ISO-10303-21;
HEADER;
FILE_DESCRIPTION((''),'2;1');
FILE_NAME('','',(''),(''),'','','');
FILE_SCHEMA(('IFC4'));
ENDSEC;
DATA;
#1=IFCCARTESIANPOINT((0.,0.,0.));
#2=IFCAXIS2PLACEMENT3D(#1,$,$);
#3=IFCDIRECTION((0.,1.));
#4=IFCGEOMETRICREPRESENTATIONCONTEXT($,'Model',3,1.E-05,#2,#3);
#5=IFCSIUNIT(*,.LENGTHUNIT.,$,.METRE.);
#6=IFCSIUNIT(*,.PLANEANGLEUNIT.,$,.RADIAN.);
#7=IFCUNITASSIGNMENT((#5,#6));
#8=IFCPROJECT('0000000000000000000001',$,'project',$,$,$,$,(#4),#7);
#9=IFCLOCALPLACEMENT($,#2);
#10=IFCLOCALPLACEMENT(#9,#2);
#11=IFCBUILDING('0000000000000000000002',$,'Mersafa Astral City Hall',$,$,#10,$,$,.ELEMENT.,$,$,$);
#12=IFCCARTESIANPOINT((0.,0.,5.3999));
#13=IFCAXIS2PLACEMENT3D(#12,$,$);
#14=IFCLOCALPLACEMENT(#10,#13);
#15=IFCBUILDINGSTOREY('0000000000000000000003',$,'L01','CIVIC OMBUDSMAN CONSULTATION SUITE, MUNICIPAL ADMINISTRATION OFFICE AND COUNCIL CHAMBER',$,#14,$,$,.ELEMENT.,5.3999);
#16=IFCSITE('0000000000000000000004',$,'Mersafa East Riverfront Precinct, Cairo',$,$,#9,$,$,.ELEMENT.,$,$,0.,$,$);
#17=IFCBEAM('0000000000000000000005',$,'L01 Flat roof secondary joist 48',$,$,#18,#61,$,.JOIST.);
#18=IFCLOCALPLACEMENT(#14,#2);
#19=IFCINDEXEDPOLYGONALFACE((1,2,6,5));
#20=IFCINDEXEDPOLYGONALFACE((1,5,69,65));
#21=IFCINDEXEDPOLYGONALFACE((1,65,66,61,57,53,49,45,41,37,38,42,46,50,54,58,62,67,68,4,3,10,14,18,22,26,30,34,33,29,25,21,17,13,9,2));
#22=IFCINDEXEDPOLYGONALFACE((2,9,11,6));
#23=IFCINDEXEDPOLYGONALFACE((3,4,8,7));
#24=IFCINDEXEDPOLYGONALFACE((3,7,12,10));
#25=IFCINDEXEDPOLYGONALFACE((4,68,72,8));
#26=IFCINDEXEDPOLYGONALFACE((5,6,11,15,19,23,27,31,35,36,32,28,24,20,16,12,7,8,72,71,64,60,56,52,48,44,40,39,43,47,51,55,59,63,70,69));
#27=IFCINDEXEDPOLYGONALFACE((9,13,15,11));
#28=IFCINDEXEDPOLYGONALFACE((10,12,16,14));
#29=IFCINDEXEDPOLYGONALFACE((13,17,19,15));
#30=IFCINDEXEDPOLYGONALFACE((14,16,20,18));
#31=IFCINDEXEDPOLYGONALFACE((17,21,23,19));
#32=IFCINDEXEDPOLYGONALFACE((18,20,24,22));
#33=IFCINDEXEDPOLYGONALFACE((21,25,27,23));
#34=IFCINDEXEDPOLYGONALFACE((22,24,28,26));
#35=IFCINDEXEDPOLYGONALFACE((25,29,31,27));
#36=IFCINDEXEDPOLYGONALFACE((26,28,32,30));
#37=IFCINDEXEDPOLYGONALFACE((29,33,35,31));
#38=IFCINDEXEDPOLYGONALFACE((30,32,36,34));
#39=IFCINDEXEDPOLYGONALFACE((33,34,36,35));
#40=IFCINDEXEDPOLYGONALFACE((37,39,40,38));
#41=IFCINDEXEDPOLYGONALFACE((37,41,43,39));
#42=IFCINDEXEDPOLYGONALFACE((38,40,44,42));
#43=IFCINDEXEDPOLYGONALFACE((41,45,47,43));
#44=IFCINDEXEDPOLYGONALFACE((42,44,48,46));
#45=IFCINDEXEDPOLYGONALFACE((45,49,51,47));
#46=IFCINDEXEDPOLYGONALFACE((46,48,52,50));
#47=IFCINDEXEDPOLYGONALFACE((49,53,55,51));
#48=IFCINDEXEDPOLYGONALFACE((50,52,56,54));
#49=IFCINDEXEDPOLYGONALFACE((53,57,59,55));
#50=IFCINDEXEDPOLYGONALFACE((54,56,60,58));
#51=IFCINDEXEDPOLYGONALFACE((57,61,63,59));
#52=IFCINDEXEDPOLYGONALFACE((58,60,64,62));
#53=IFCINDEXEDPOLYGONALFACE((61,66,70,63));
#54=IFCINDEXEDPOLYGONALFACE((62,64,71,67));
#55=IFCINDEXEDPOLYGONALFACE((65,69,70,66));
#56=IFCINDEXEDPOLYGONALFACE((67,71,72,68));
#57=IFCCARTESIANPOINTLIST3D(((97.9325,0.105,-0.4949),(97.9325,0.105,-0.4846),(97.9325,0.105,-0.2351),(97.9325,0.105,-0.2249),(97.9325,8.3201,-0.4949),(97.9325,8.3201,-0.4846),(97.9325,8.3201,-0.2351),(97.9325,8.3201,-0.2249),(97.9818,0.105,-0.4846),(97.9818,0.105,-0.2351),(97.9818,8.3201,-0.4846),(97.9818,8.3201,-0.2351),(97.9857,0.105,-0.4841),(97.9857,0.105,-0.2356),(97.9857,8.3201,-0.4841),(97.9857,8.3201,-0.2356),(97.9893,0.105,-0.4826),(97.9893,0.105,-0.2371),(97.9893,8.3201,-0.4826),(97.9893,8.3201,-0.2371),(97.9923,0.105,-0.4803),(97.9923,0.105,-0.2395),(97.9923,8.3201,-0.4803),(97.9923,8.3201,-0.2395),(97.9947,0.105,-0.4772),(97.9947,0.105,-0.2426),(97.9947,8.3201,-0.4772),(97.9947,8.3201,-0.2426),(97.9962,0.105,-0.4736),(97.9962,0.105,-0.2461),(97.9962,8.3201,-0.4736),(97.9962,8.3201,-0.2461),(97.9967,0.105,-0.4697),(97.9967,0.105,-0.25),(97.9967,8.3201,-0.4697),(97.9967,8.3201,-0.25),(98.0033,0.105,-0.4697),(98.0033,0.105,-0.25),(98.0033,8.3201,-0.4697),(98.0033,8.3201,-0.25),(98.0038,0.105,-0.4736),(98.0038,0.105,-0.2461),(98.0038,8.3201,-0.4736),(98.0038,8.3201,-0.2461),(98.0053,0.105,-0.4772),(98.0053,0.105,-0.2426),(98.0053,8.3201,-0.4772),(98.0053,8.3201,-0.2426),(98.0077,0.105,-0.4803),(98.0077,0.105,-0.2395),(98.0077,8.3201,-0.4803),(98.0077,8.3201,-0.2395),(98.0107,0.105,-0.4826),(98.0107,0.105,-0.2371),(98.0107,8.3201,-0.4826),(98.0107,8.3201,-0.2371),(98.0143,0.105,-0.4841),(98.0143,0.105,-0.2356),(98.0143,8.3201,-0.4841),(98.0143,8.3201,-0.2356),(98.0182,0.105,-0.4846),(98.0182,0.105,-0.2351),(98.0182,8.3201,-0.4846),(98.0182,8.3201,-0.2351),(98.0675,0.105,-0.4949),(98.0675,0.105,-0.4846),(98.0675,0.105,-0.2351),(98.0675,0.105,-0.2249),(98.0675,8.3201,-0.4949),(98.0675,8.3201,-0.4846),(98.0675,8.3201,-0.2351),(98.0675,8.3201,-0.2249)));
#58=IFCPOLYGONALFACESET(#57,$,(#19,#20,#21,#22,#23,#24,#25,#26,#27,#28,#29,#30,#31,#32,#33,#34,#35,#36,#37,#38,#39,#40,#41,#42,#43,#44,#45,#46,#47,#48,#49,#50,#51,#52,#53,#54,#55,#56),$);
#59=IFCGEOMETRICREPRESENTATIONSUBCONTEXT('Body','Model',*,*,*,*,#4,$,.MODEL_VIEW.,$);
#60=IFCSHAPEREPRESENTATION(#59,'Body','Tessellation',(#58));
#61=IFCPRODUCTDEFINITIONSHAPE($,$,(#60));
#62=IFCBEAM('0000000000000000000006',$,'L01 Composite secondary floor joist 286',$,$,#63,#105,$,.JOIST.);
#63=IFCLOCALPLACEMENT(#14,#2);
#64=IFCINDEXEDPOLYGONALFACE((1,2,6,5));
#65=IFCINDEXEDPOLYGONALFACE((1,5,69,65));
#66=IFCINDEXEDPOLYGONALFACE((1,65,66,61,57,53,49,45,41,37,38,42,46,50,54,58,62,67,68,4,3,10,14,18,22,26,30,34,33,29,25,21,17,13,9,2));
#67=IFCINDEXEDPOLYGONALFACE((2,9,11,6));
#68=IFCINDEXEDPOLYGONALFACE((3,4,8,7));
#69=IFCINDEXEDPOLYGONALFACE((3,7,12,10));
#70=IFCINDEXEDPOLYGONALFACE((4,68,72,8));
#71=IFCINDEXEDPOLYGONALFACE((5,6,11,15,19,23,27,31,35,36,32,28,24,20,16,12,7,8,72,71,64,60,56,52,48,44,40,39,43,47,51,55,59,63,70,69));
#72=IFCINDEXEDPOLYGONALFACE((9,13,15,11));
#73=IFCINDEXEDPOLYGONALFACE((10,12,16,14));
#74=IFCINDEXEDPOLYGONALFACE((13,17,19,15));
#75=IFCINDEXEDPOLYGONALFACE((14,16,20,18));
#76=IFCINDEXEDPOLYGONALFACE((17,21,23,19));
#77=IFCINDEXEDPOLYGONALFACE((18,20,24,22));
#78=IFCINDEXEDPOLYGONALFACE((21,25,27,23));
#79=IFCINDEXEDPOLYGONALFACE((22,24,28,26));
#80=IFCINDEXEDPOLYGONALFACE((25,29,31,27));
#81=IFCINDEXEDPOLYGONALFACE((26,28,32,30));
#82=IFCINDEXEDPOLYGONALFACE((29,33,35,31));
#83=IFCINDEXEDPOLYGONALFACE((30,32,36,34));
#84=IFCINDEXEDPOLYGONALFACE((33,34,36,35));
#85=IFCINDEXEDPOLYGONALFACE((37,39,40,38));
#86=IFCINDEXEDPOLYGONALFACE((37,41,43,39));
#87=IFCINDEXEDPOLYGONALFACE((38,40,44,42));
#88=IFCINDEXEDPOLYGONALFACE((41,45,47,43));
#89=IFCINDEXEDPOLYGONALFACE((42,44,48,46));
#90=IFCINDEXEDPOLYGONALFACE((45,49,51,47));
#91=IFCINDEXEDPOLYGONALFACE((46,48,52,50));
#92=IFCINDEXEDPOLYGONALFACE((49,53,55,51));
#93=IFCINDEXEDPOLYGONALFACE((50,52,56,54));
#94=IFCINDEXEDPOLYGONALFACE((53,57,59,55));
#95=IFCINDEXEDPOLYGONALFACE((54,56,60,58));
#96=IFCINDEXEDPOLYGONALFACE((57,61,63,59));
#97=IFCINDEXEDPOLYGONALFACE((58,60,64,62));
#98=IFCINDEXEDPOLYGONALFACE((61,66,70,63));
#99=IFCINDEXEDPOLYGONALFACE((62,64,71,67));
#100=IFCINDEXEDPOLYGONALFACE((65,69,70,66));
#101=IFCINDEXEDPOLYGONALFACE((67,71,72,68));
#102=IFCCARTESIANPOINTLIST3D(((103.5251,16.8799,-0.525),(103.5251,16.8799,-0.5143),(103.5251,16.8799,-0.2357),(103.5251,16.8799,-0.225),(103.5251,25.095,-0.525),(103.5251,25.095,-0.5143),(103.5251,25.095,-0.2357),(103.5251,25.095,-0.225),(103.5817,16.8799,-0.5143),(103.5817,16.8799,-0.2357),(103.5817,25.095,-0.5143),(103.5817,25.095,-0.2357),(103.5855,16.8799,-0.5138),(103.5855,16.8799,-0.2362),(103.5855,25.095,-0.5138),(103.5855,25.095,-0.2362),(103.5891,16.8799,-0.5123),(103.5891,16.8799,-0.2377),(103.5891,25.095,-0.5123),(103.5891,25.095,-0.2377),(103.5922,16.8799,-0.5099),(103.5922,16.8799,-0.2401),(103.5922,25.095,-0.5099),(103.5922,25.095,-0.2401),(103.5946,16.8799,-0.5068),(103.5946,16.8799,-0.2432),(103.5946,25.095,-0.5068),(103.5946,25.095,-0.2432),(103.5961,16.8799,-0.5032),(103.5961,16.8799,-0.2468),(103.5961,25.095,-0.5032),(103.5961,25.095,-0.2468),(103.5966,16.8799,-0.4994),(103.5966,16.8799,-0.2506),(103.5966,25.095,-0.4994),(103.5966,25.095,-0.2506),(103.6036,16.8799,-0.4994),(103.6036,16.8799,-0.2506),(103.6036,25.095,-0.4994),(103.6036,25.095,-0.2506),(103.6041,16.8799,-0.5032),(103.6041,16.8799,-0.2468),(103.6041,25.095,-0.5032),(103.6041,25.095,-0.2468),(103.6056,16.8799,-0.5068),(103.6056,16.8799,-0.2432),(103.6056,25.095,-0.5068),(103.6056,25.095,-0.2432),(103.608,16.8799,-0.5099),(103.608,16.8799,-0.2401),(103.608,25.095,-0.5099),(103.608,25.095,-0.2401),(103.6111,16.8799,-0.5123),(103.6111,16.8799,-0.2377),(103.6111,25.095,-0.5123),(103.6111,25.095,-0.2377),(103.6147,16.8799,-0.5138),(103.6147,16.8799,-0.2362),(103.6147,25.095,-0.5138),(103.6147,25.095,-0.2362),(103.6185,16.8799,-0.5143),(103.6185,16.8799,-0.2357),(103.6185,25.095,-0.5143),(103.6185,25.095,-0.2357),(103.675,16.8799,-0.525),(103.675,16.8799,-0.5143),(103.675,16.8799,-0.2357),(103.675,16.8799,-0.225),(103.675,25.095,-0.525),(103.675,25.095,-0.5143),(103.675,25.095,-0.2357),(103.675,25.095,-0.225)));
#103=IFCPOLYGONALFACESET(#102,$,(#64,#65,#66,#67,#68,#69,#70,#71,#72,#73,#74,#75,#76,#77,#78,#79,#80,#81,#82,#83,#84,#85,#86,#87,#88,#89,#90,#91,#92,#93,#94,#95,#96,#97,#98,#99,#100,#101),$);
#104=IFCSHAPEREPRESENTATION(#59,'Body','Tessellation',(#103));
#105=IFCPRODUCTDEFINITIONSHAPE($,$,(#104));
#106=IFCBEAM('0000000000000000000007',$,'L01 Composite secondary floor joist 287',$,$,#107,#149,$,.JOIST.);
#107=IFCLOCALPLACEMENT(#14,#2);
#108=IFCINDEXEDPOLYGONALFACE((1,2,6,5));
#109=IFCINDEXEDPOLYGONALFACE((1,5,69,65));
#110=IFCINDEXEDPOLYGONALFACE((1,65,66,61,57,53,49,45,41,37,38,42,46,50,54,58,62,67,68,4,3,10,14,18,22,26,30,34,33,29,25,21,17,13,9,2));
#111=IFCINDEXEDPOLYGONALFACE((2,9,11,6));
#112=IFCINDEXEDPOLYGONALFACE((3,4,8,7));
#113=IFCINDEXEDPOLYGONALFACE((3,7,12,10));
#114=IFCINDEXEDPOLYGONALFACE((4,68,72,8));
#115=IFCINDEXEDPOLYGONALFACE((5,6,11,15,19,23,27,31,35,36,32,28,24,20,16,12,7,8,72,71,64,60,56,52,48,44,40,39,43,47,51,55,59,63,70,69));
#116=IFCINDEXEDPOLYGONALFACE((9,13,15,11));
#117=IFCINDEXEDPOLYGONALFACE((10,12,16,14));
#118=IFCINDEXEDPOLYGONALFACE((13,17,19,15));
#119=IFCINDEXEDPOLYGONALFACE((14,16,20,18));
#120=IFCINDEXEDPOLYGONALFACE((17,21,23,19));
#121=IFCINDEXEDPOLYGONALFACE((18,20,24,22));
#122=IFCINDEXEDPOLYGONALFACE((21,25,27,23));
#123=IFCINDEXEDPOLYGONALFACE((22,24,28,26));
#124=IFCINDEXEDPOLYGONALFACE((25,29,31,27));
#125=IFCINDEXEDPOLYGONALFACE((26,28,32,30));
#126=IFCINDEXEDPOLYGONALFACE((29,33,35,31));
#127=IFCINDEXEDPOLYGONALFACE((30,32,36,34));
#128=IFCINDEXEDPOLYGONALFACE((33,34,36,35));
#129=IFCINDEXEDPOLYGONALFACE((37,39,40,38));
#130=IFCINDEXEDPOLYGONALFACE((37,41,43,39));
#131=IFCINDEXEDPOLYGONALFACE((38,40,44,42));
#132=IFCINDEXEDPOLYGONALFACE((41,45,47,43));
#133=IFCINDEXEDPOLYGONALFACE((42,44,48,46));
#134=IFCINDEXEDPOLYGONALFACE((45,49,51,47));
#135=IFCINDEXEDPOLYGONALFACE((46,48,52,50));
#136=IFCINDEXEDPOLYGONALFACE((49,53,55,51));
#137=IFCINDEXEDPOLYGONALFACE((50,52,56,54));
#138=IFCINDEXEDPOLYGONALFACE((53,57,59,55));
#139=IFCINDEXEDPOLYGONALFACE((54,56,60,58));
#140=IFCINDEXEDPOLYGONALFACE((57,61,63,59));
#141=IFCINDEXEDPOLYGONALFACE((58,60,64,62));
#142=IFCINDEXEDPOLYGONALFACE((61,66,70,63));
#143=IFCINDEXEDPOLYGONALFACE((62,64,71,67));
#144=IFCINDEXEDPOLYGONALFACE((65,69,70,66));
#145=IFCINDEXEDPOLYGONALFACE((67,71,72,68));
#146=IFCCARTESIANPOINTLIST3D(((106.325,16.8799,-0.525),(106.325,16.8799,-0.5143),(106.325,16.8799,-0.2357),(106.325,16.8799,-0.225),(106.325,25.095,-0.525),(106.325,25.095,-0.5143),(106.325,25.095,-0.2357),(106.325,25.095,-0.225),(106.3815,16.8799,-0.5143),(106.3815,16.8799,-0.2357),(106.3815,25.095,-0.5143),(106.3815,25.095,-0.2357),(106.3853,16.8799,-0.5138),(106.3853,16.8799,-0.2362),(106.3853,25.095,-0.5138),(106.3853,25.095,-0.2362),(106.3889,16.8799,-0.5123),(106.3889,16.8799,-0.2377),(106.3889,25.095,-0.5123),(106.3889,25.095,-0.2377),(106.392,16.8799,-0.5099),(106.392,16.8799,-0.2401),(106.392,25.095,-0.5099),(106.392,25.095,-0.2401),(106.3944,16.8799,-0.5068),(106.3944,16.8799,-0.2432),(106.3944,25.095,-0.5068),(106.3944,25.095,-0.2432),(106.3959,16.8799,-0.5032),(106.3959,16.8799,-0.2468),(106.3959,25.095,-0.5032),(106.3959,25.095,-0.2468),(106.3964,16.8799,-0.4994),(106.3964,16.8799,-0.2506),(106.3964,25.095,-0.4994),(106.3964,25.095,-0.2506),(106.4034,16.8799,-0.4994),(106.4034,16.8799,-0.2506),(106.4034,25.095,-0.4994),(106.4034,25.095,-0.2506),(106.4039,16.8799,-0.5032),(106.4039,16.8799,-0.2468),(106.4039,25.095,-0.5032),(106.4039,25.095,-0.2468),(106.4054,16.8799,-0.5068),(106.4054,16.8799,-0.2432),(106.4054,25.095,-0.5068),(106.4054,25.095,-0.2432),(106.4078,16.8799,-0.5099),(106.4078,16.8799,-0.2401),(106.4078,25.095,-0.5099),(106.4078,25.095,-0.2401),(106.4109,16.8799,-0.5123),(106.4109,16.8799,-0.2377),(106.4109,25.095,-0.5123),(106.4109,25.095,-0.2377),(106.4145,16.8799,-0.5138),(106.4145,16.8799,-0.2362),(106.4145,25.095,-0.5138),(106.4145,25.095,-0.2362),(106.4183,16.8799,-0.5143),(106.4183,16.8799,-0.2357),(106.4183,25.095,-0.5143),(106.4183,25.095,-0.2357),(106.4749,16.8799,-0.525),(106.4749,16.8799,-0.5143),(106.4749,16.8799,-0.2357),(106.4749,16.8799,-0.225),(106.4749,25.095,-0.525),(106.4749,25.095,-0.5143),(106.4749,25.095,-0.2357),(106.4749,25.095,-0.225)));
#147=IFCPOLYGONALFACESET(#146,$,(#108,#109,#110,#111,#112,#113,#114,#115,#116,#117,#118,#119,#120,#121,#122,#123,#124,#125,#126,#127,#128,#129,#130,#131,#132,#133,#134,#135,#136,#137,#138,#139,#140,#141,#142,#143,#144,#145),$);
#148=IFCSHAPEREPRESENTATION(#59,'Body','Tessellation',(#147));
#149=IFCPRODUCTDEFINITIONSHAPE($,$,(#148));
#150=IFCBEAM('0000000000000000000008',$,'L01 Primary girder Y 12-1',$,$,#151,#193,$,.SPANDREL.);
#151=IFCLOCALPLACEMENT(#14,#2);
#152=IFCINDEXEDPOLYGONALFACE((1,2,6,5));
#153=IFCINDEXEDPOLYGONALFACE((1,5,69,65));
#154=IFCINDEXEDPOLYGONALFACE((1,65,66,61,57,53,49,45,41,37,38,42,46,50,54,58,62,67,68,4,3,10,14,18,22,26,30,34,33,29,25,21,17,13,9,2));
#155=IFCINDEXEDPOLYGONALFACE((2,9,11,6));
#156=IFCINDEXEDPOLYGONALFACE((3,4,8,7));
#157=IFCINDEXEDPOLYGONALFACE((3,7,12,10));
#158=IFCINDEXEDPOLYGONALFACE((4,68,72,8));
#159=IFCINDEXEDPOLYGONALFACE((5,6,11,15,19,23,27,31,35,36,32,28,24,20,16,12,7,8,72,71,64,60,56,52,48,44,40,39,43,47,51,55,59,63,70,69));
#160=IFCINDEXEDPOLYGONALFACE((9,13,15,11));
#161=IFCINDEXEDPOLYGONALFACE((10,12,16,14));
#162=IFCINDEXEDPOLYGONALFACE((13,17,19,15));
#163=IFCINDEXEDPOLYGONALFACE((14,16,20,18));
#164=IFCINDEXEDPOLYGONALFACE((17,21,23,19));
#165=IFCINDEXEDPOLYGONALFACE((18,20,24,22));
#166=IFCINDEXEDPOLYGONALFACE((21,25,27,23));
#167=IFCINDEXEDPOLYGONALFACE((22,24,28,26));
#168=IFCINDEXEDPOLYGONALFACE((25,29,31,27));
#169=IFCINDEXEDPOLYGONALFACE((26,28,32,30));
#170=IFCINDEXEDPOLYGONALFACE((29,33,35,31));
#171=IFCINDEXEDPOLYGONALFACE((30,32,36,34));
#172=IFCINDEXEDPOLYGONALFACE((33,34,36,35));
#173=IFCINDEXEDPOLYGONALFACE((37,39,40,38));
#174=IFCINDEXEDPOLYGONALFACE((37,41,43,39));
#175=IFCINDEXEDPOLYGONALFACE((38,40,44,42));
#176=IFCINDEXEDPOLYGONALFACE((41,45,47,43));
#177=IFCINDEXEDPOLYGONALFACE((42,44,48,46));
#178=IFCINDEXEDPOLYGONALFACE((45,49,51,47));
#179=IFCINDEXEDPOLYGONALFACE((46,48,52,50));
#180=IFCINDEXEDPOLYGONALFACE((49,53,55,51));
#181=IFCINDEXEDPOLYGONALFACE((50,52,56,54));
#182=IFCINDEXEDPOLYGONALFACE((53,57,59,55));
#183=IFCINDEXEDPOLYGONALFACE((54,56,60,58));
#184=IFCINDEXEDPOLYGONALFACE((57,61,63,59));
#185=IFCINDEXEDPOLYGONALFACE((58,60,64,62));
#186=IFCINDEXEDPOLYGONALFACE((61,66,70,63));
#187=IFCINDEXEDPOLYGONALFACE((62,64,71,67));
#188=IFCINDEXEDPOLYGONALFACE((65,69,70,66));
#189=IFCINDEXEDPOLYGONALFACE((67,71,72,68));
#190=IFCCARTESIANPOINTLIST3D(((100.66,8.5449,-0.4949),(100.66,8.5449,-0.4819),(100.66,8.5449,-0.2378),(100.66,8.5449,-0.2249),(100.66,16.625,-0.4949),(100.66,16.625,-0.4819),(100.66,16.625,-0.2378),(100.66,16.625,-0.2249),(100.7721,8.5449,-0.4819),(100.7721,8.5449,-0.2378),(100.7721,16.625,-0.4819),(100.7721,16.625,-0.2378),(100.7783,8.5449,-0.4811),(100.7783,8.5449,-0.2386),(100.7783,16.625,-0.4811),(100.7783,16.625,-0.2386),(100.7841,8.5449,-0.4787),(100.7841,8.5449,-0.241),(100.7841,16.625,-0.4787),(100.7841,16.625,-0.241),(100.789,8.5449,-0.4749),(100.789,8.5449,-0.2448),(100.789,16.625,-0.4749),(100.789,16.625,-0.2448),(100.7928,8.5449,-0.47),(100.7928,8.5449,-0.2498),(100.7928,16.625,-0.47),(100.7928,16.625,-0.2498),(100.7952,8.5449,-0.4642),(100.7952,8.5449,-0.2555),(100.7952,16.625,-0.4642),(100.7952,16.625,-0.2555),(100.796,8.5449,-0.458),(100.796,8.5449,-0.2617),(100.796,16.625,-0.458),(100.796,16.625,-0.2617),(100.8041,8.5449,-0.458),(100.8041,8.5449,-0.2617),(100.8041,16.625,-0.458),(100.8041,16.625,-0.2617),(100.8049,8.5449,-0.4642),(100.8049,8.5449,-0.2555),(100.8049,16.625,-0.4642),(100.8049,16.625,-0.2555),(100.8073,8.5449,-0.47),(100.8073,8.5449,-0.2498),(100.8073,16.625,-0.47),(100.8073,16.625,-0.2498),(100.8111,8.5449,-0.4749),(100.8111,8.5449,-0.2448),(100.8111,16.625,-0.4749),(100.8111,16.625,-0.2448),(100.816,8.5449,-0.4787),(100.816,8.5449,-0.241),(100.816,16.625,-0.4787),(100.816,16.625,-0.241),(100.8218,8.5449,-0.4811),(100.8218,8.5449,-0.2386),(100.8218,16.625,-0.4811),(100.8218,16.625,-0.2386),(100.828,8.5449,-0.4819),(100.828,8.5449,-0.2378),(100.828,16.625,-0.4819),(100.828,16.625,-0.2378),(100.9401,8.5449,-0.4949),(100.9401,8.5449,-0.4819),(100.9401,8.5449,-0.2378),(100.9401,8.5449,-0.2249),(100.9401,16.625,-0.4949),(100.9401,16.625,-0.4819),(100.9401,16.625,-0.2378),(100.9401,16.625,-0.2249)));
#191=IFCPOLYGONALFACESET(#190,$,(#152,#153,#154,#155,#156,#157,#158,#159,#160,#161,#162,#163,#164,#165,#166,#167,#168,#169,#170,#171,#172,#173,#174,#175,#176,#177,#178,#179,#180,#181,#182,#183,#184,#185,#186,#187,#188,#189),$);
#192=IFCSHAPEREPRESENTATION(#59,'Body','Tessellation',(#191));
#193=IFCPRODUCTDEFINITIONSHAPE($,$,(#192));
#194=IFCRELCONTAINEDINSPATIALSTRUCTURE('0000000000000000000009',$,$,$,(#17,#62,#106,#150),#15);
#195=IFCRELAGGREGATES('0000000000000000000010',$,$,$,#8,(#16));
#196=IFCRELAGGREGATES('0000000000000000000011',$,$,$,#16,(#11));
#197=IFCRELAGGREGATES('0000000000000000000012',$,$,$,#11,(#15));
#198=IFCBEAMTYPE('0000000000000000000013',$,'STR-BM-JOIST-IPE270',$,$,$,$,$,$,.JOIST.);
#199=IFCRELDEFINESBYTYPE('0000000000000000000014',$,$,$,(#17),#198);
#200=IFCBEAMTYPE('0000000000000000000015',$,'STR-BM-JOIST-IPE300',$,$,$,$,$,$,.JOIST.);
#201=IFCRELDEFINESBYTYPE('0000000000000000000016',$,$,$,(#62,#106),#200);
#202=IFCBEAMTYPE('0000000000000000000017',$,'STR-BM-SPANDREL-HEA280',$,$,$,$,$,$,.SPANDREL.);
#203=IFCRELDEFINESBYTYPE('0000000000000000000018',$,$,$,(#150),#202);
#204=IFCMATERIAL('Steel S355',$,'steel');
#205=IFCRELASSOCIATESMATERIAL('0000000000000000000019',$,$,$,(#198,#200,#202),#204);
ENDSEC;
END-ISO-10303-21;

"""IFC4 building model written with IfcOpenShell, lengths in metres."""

from ifc_helpers import new_model, si_unit, direction, frame, origin, origin_2d, place, context, subcontext, project, spatial, i_section, extrude, material, material_profile, profile_set, type_object, element, save


model = new_model("IFC4")

# Units and contexts
model_context = context("Model", 3, precision=1e-05, world=origin(), true_north=direction((0.0, 1.0)))
body_context = subcontext(model_context, "Body", "Model", "MODEL_VIEW")
ifc_project = project(units=[si_unit("LENGTHUNIT", "METRE"), si_unit("PLANEANGLEUNIT", "RADIAN")], contexts=[model_context])

# Site, building, storey
site_placement = place(None, origin())
site = spatial("IfcSite", under=ifc_project, at=site_placement, Name="Mersafa East Riverfront Precinct, Cairo", CompositionType="ELEMENT", RefElevation=0.0)
building_placement = place(site_placement, origin())
building = spatial("IfcBuilding", under=site, at=building_placement, Name="Mersafa Astral City Hall", CompositionType="ELEMENT")
storey_placement = place(building_placement, frame((0.0, 0.0, 5.3999)))
storey = spatial("IfcBuildingStorey", under=building, at=storey_placement, Name="L01", Description="CIVIC OMBUDSMAN CONSULTATION SUITE, MUNICIPAL ADMINISTRATION OFFICE AND COUNCIL CHAMBER", CompositionType="ELEMENT", Elevation=5.3999)

# Shared definitions
ifc_material_1 = material(Name="Steel S355", Category="steel")

# Beams
ifc_material_profile_1 = material_profile(ifc_material_1, i_section(OverallWidth=0.135, OverallDepth=0.27, WebThickness=0.0066, FlangeThickness=0.0103, FilletRadius=0.0149, at=origin_2d()), Name="IPE 270")
ifc_profile_set_1 = profile_set([ifc_material_profile_1], Name="Steel S355")
beam_type_1 = type_object("IfcBeamType", Name="STR-BM-JOIST-IPE270", PredefinedType="JOIST", material=ifc_profile_set_1)
for number, where, z_axis, x_axis, name in (
    (1, (98.0, 0.105, -0.3599), (0.0, 1.0, 0.0), (-1.0, 0.0, 0.0), "L01 Flat roof secondary joist 48"),
):
    element("IfcBeam", number, at=place(storey_placement, frame(where, z_axis=z_axis, x_axis=x_axis)), inside=storey, type_object=beam_type_1, Name=name, PredefinedType="JOIST", context=body_context, shape_type="SweptSolid", body=[
        extrude(i_section(OverallWidth=0.135, OverallDepth=0.27, WebThickness=0.0066, FlangeThickness=0.0103, FilletRadius=0.0149, at=origin_2d()), origin(), (0.0, 0.0, 1.0), 8.2151),
    ])
ifc_material_profile_2 = material_profile(ifc_material_1, i_section(OverallWidth=0.1499, OverallDepth=0.3, WebThickness=0.0071, FlangeThickness=0.0107, FilletRadius=0.0149, at=origin_2d()), Name="IPE 300")
ifc_profile_set_2 = profile_set([ifc_material_profile_2], Name="Steel S355")
beam_type_2 = type_object("IfcBeamType", Name="STR-BM-JOIST-IPE300", PredefinedType="JOIST", material=ifc_profile_set_2)
for number, where, z_axis, x_axis, name in (
    (2, (103.6001, 16.8799, -0.375), (0.0, 1.0, 0.0), (-1.0, 0.0, 0.0), "L01 Composite secondary floor joist 286"),
    (3, (106.3999, 16.8799, -0.375), (0.0, 1.0, 0.0), (-1.0, 0.0, 0.0), "L01 Composite secondary floor joist 287"),
):
    element("IfcBeam", number, at=place(storey_placement, frame(where, z_axis=z_axis, x_axis=x_axis)), inside=storey, type_object=beam_type_2, Name=name, PredefinedType="JOIST", context=body_context, shape_type="SweptSolid", body=[
        extrude(i_section(OverallWidth=0.1499, OverallDepth=0.3, WebThickness=0.0071, FlangeThickness=0.0107, FilletRadius=0.0149, at=origin_2d()), origin(), (0.0, 0.0, 1.0), 8.2151),
    ])
ifc_material_profile_3 = material_profile(ifc_material_1, i_section(OverallWidth=0.28, OverallDepth=0.27, WebThickness=0.0081, FlangeThickness=0.0129, FilletRadius=0.0239, at=origin_2d()), Name="HEA 280")
ifc_profile_set_3 = profile_set([ifc_material_profile_3], Name="Steel S355")
beam_type_3 = type_object("IfcBeamType", Name="STR-BM-SPANDREL-HEA280", PredefinedType="SPANDREL", material=ifc_profile_set_3)
beam_1_placement = place(storey_placement, frame((100.8, 8.5449, -0.3599), z_axis=(0.0, 1.0, 0.0), x_axis=(-1.0, 0.0, 0.0)))
element("IfcBeam", 4, at=beam_1_placement, inside=storey, type_object=beam_type_3, Name="L01 Primary girder Y 12-1", PredefinedType="SPANDREL", context=body_context, shape_type="SweptSolid", body=[
    extrude(i_section(OverallWidth=0.28, OverallDepth=0.27, WebThickness=0.0081, FlangeThickness=0.0129, FilletRadius=0.0239, at=origin_2d()), origin(), (0.0, 0.0, 1.0), 8.0801),
])

save(model, "model.ifc")
